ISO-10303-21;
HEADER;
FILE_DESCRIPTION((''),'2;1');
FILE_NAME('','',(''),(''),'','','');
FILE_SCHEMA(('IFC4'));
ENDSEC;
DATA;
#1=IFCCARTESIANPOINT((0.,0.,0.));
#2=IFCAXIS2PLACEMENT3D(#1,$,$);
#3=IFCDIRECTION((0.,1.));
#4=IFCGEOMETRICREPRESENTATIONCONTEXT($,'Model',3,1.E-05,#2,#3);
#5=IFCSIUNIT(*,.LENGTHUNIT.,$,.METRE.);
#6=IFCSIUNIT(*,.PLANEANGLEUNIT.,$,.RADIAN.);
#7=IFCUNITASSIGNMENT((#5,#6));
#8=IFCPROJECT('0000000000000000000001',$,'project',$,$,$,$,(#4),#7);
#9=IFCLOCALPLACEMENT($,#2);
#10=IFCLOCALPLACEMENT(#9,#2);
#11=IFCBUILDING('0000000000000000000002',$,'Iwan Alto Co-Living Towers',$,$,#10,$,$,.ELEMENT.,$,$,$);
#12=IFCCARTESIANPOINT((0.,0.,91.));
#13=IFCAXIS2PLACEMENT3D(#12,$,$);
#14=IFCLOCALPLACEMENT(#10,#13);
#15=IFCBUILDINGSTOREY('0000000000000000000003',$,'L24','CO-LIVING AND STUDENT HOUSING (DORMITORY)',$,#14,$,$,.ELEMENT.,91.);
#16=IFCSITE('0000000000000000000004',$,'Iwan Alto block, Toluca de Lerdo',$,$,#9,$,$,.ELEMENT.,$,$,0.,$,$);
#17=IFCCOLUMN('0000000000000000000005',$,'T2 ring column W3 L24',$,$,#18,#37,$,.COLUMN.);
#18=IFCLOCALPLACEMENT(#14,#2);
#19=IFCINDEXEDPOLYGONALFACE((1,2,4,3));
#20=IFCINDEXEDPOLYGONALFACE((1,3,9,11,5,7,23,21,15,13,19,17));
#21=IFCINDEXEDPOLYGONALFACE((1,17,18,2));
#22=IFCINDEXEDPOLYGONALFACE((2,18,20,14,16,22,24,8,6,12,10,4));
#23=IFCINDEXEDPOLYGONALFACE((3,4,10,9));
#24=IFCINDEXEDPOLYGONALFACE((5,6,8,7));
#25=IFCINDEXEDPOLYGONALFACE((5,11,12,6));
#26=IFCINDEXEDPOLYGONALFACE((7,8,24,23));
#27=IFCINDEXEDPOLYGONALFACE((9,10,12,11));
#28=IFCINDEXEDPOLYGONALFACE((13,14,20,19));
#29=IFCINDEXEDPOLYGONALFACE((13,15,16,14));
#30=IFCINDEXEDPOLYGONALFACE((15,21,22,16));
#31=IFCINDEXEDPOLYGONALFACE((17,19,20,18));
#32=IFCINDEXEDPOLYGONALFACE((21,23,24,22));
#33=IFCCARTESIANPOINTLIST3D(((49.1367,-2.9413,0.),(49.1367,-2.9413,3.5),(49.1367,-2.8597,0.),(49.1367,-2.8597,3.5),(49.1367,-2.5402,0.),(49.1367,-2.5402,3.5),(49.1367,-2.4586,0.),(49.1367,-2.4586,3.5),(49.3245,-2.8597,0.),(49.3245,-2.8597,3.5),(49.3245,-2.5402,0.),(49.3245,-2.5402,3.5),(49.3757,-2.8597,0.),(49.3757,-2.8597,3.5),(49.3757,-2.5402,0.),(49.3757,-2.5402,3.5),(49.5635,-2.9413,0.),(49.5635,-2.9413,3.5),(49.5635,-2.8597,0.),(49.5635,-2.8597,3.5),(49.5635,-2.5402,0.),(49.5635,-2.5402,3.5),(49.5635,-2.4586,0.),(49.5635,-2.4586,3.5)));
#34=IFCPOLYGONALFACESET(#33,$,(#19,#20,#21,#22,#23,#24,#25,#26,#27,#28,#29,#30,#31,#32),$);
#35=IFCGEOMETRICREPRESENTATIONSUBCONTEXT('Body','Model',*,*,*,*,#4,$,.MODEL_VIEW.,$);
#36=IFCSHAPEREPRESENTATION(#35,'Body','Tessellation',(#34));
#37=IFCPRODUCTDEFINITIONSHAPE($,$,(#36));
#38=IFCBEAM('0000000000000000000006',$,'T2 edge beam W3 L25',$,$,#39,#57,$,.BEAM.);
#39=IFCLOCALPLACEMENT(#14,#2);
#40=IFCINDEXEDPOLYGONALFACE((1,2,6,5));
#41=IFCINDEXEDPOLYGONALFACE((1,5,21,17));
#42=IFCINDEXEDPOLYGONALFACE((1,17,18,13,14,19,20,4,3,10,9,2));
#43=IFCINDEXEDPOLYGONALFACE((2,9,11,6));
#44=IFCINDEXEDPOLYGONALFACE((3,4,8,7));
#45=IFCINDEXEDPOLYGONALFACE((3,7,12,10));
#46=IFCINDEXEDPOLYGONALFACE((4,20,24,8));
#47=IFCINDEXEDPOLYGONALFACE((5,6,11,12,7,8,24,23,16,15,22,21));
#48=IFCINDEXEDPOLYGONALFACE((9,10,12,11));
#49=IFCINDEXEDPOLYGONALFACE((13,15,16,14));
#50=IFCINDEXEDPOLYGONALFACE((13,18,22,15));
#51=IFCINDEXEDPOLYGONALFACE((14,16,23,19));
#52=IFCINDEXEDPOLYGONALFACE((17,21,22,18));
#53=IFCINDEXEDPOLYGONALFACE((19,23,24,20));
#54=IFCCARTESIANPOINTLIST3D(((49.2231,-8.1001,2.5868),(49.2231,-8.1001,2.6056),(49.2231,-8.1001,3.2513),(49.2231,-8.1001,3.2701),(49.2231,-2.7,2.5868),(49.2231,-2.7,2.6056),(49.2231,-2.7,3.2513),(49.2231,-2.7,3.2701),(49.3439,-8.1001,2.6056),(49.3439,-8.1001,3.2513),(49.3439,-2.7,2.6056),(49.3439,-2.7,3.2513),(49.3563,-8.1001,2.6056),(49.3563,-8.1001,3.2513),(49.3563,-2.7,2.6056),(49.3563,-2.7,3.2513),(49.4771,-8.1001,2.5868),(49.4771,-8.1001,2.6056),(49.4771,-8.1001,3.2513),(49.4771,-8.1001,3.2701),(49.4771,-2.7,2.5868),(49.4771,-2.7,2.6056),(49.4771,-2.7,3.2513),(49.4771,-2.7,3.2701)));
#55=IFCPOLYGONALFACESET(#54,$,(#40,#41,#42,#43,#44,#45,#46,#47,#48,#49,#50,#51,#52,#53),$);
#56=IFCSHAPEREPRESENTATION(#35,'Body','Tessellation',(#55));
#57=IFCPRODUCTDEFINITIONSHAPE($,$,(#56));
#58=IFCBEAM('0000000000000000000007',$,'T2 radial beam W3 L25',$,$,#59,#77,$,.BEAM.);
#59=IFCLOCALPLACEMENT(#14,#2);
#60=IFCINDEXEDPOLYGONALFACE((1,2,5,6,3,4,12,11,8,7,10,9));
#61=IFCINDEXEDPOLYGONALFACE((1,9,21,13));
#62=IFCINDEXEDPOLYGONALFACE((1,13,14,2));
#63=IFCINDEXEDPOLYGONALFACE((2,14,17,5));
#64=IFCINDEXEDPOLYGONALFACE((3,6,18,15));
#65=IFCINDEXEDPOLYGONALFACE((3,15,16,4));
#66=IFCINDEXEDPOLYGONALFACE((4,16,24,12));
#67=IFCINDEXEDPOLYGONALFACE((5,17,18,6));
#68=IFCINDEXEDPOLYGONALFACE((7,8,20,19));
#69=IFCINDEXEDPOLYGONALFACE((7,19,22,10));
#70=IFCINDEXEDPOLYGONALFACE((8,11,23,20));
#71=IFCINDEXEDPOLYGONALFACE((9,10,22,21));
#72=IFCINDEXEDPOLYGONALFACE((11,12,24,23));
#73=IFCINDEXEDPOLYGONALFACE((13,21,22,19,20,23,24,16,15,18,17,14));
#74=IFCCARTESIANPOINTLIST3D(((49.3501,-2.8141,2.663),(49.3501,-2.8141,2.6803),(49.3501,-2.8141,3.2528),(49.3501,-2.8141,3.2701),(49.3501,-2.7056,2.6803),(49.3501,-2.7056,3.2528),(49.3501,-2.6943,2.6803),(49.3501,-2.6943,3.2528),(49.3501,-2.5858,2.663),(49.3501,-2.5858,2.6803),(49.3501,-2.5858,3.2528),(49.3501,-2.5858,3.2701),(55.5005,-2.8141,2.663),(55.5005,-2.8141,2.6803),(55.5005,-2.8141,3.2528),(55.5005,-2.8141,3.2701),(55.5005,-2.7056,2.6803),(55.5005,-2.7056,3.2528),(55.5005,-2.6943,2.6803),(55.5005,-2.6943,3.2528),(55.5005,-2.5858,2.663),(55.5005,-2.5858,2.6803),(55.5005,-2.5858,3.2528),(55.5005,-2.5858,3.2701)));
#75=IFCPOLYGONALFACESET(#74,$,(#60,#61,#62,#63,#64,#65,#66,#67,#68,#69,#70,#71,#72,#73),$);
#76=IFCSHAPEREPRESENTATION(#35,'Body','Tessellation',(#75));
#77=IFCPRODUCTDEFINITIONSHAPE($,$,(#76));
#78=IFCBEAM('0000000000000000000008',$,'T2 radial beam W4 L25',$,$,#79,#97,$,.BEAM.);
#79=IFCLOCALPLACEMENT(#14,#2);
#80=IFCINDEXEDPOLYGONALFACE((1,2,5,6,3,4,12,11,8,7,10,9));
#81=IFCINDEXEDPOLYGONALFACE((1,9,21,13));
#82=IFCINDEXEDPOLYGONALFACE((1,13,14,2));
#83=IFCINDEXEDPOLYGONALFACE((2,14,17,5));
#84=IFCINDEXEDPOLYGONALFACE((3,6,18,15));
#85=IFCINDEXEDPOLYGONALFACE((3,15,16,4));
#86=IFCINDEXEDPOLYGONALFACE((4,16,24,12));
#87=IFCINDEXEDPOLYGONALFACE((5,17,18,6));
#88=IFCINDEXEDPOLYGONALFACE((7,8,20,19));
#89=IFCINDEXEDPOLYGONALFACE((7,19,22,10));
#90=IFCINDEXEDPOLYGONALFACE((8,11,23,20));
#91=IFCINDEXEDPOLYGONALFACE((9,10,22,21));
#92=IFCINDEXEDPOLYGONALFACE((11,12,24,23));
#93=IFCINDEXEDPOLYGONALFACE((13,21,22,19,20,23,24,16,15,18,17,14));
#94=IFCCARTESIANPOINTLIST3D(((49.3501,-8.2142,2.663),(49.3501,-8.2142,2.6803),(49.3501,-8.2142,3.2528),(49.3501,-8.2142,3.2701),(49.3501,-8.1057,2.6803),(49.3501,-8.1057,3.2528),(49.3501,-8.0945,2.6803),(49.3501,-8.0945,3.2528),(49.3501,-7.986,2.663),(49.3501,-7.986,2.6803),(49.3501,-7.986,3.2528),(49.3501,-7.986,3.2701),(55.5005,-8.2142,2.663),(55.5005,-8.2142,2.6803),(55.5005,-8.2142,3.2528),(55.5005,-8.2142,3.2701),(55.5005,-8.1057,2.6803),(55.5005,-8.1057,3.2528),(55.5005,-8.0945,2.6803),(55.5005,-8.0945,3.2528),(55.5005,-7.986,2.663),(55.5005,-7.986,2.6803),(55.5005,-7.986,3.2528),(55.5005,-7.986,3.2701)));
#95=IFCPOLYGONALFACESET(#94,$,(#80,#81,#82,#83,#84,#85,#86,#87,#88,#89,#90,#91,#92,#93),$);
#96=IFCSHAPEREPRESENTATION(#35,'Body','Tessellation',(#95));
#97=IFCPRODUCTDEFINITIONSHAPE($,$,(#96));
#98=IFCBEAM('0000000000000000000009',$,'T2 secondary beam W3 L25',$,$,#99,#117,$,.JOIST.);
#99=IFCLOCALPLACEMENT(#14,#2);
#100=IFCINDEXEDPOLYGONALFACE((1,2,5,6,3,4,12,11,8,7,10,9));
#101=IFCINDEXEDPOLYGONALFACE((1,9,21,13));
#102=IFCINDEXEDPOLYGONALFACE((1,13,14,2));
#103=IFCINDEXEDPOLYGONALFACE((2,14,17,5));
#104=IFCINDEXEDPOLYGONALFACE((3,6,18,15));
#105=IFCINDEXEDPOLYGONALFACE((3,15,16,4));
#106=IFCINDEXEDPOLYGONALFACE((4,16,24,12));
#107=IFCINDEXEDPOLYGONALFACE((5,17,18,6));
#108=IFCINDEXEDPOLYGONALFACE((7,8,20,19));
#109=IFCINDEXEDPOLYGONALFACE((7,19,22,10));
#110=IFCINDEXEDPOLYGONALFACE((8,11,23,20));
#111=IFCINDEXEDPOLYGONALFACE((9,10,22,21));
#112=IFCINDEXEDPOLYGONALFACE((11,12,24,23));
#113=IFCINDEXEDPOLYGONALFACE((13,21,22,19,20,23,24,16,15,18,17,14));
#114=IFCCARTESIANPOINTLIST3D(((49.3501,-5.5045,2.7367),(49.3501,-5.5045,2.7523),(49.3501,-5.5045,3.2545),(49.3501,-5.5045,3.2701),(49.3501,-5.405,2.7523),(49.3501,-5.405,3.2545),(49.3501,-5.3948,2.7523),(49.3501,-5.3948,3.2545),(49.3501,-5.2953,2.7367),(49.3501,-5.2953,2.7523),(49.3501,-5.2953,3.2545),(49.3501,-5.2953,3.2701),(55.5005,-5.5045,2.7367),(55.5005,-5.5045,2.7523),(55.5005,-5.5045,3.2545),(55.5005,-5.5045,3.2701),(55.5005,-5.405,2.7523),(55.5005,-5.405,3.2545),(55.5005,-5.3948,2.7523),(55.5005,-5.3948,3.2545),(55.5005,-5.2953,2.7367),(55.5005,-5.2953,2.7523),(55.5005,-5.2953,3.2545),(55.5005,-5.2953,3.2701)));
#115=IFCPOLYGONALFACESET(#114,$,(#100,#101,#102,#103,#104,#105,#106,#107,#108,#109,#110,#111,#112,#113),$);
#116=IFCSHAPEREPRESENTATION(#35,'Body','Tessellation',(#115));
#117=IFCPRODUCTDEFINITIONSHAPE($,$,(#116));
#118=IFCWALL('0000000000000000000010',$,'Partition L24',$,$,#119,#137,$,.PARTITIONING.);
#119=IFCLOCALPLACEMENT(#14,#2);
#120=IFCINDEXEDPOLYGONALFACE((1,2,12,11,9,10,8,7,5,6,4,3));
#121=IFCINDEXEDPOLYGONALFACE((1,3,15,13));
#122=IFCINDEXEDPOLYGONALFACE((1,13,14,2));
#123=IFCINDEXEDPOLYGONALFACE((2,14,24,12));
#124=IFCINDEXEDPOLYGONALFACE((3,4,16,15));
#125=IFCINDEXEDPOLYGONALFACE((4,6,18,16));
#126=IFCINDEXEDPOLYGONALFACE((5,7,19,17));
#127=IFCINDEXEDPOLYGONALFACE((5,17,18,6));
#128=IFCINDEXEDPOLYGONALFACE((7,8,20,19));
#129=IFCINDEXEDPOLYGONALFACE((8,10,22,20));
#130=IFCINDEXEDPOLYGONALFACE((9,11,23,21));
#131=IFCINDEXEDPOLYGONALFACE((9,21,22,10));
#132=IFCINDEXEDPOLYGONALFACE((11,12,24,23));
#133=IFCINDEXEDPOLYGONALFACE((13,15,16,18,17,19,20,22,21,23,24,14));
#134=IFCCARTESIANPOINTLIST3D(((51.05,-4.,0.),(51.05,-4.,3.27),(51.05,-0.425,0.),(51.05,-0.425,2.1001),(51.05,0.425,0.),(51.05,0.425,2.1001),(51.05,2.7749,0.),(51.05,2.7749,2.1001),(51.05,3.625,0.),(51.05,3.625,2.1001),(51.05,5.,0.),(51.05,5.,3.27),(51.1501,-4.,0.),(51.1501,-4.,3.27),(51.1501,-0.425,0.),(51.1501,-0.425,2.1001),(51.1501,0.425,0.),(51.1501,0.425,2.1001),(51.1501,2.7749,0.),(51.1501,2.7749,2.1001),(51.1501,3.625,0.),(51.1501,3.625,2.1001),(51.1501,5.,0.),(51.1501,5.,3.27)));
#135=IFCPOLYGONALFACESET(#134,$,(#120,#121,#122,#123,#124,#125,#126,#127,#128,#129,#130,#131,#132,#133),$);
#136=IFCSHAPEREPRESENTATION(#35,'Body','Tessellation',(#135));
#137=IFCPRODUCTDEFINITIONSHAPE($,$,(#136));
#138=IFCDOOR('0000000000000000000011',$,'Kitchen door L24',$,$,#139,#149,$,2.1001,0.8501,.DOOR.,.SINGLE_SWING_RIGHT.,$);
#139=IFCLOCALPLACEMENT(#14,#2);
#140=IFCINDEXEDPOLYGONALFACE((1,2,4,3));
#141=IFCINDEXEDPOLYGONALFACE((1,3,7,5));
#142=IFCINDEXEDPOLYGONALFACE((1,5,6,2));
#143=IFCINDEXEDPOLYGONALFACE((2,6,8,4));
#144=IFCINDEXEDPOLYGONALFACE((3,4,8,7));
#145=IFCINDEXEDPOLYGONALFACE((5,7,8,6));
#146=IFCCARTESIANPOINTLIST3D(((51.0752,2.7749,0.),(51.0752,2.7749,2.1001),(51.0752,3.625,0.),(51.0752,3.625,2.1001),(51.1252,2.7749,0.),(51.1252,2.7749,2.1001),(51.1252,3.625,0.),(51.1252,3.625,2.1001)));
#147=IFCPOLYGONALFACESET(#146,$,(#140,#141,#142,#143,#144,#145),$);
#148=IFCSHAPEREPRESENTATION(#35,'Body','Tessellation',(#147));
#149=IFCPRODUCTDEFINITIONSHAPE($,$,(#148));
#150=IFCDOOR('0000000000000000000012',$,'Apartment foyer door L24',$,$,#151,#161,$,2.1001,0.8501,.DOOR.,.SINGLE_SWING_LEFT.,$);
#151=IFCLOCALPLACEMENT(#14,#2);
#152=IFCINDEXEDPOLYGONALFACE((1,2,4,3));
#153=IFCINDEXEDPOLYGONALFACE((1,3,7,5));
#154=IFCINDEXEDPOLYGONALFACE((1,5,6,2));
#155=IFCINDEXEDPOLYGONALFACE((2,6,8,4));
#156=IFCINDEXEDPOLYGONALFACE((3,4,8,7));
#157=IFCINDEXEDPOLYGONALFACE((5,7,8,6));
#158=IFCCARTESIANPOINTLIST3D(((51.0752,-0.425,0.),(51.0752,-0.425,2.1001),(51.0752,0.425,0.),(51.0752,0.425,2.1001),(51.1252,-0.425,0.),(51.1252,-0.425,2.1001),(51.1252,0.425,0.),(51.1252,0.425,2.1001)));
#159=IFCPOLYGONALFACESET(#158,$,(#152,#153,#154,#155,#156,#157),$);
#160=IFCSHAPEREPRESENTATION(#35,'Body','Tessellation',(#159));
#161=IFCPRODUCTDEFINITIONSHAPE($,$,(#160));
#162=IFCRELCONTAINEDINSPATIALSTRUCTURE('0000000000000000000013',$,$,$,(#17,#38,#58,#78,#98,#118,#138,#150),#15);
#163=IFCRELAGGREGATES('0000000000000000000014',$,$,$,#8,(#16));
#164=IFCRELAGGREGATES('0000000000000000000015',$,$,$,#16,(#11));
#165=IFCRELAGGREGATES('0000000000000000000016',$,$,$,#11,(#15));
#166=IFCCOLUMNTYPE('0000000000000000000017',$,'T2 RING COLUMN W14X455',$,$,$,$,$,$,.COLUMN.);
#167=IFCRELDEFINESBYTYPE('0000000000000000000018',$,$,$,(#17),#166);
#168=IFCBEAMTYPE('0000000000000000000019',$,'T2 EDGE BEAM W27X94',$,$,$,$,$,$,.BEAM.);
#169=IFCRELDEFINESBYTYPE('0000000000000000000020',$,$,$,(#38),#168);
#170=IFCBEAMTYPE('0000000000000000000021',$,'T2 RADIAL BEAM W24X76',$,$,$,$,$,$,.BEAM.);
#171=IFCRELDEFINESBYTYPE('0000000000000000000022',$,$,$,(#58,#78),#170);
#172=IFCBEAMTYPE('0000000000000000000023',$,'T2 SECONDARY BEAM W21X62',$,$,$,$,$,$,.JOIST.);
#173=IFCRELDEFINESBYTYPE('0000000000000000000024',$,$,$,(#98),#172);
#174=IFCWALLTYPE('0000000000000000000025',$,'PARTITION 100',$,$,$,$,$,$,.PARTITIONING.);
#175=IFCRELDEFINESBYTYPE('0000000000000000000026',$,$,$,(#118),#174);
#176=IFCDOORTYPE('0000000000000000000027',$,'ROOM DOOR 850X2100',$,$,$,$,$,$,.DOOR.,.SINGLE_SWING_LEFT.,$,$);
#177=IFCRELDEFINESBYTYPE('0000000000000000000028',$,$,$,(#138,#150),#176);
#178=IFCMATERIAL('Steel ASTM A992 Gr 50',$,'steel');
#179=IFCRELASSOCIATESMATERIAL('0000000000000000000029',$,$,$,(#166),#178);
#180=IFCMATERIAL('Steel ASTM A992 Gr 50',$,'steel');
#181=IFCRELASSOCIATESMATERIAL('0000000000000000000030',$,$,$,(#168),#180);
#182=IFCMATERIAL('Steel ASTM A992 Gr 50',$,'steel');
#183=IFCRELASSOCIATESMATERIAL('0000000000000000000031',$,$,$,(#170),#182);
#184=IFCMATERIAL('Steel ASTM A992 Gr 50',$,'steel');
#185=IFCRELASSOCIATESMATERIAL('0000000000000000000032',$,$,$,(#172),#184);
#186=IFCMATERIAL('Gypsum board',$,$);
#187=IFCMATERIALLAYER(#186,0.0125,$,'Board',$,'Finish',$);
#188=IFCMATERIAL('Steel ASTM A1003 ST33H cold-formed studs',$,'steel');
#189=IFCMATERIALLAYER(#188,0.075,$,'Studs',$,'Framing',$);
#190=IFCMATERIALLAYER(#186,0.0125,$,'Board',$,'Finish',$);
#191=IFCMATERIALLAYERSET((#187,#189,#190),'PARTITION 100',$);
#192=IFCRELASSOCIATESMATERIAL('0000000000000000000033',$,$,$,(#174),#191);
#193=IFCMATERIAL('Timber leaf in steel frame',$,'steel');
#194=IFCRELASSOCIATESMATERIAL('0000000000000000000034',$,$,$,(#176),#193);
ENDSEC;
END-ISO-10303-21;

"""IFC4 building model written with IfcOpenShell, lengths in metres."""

from ifc_helpers import new_model, si_unit, direction, frame, frame_2d, origin, origin_2d, place, context, subcontext, project, spatial, rectangle, i_section, extrude, material, layer, layer_set, material_profile, profile_set, type_object, element, fill, save


model = new_model("IFC4")

# Units and contexts
model_context = context("Model", 3, precision=1e-05, world=origin(), true_north=direction((0.0, 1.0)))
body_context = subcontext(model_context, "Body", "Model", "MODEL_VIEW")
ifc_project = project(units=[si_unit("LENGTHUNIT", "METRE"), si_unit("PLANEANGLEUNIT", "RADIAN")], contexts=[model_context])

# Site, building, storey
site_placement = place(None, origin())
site = spatial("IfcSite", under=ifc_project, at=site_placement, Name="Iwan Alto block, Toluca de Lerdo", CompositionType="ELEMENT", RefElevation=0.0)
building_placement = place(site_placement, origin())
building = spatial("IfcBuilding", under=site, at=building_placement, Name="Iwan Alto Co-Living Towers", CompositionType="ELEMENT")
storey_placement = place(building_placement, frame((0.0, 0.0, 91.0)))
storey = spatial("IfcBuildingStorey", under=building, at=storey_placement, Name="L24", Description="CO-LIVING AND STUDENT HOUSING (DORMITORY)", CompositionType="ELEMENT", Elevation=91.0)

# Column
ifc_material_1 = material(Name="Steel ASTM A992 Gr 50", Category="steel")
ifc_material_profile_1 = material_profile(ifc_material_1, i_section(OverallWidth=0.4268, OverallDepth=0.4827, WebThickness=0.0513, FlangeThickness=0.0815, at=origin_2d()), Name="W14X455")
ifc_profile_set_1 = profile_set([ifc_material_profile_1], Name="Steel ASTM A992 Gr 50")
column_type = type_object("IfcColumnType", Name="T2 RING COLUMN W14X455", PredefinedType="COLUMN", material=ifc_profile_set_1)
column_placement = place(storey_placement, frame((49.3501, -2.7, 0.0), z_axis=(0.0, 0.0, 1.0), x_axis=(1.0, 0.0, 0.0)))
element("IfcColumn", 1, at=column_placement, inside=storey, type_object=column_type, Name="T2 ring column W3 L24", PredefinedType="COLUMN", context=body_context, shape_type="SweptSolid", body=[
    extrude(i_section(OverallWidth=0.4268, OverallDepth=0.4827, WebThickness=0.0513, FlangeThickness=0.0815, at=origin_2d()), origin(), (0.0, 0.0, 1.0), 3.5),
])

# Beams
ifc_material_2 = material(Name="Steel ASTM A992 Gr 50", Category="steel")
ifc_material_profile_2 = material_profile(ifc_material_2, i_section(OverallWidth=0.2539, OverallDepth=0.6833, WebThickness=0.0125, FlangeThickness=0.0188, at=origin_2d()), Name="W27X94")
ifc_profile_set_2 = profile_set([ifc_material_profile_2], Name="Steel ASTM A992 Gr 50")
beam_type_1 = type_object("IfcBeamType", Name="T2 EDGE BEAM W27X94", PredefinedType="BEAM", material=ifc_profile_set_2)
beam_1_placement = place(storey_placement, frame((49.3501, -2.7, 2.9285), z_axis=(0.0, -1.0, 0.0), x_axis=(1.0, 0.0, 0.0)))
element("IfcBeam", 2, at=beam_1_placement, inside=storey, type_object=beam_type_1, Name="T2 edge beam W3 L25", PredefinedType="BEAM", context=body_context, shape_type="SweptSolid", body=[
    extrude(i_section(OverallWidth=0.2539, OverallDepth=0.6833, WebThickness=0.0125, FlangeThickness=0.0188, at=origin_2d()), origin(), (0.0, 0.0, 1.0), 5.4001),
])
ifc_material_3 = material(Name="Steel ASTM A992 Gr 50", Category="steel")
ifc_material_profile_3 = material_profile(ifc_material_3, i_section(OverallWidth=0.2283, OverallDepth=0.6072, WebThickness=0.0112, FlangeThickness=0.0173, at=origin_2d()), Name="W24X76")
ifc_profile_set_3 = profile_set([ifc_material_profile_3], Name="Steel ASTM A992 Gr 50")
beam_type_2 = type_object("IfcBeamType", Name="T2 RADIAL BEAM W24X76", PredefinedType="BEAM", material=ifc_profile_set_3)
for number, where, z_axis, x_axis, name in (
    (3, (49.3501, -2.7, 2.9666), (1.0, 0.0, 0.0), (0.0, 1.0, 0.0), "T2 radial beam W3 L25"),
    (4, (49.3501, -8.1001, 2.9666), (1.0, 0.0, 0.0), (0.0, 1.0, 0.0), "T2 radial beam W4 L25"),
):
    element("IfcBeam", number, at=place(storey_placement, frame(where, z_axis=z_axis, x_axis=x_axis)), inside=storey, type_object=beam_type_2, Name=name, PredefinedType="BEAM", context=body_context, shape_type="SweptSolid", body=[
        extrude(i_section(OverallWidth=0.2283, OverallDepth=0.6072, WebThickness=0.0112, FlangeThickness=0.0173, at=origin_2d()), origin(), (0.0, 0.0, 1.0), 6.1504),
    ])
ifc_material_4 = material(Name="Steel ASTM A992 Gr 50", Category="steel")
ifc_material_profile_4 = material_profile(ifc_material_4, i_section(OverallWidth=0.2092, OverallDepth=0.5334, WebThickness=0.0103, FlangeThickness=0.0156, at=origin_2d()), Name="W21X62")
ifc_profile_set_4 = profile_set([ifc_material_profile_4], Name="Steel ASTM A992 Gr 50")
beam_type_3 = type_object("IfcBeamType", Name="T2 SECONDARY BEAM W21X62", PredefinedType="JOIST", material=ifc_profile_set_4)
beam_2_placement = place(storey_placement, frame((49.3501, -5.3999, 3.0034), z_axis=(1.0, 0.0, 0.0), x_axis=(0.0, 1.0, 0.0)))
element("IfcBeam", 5, at=beam_2_placement, inside=storey, type_object=beam_type_3, Name="T2 secondary beam W3 L25", PredefinedType="JOIST", context=body_context, shape_type="SweptSolid", body=[
    extrude(i_section(OverallWidth=0.2092, OverallDepth=0.5334, WebThickness=0.0103, FlangeThickness=0.0156, at=origin_2d()), origin(), (0.0, 0.0, 1.0), 6.1504),
])

# Wall, openings, doors
ifc_material_5 = material(Name="Gypsum board")
ifc_layer_1 = layer(ifc_material_5, 0.0125, Name="Board", Category="Finish")
ifc_material_6 = material(Name="Steel ASTM A1003 ST33H cold-formed studs", Category="steel")
ifc_layer_2 = layer(ifc_material_6, 0.075, Name="Studs", Category="Framing")
ifc_layer_3 = layer(ifc_material_5, 0.0125, Name="Board", Category="Finish")
ifc_layer_set_1 = layer_set([ifc_layer_1, ifc_layer_2, ifc_layer_3], Name="PARTITION 100")
wall_type_1 = type_object("IfcWallType", Name="PARTITION 100", PredefinedType="PARTITIONING", material=ifc_layer_set_1)
wall_1_placement = place(storey_placement, frame((51.1001, -4.0, 0.0), z_axis=(0.0, 0.0, 1.0), x_axis=(0.0, 1.0, 0.0)))
wall_1 = element("IfcWall", 6, at=wall_1_placement, inside=storey, type_object=wall_type_1, Name="Partition L24", PredefinedType="PARTITIONING", context=body_context, shape_type="SweptSolid", body=[
    extrude(rectangle(XDim=9.0, YDim=0.1001, at=frame_2d((4.5, 0.0))), origin(), (0.0, 0.0, 1.0), 3.27),
])
opening_1_placement = place(wall_1_placement, frame((6.7749, 0.0, 0.0)))
opening_1 = element("IfcOpeningElement", 7, at=opening_1_placement, cuts=wall_1, PredefinedType="OPENING", context=body_context, shape_type="SweptSolid", body=[
    extrude(rectangle(XDim=0.8501, YDim=2.1001, at=frame_2d((0.425, 1.05))), frame((0.0, 0.0601, 0.0), z_axis=(0.0, -1.0, 0.0), x_axis=(1.0, 0.0, 0.0)), (0.0, 0.0, 1.0), 0.1201),
])
opening_2_placement = place(wall_1_placement, frame((3.575, 0.0, 0.0)))
opening_2 = element("IfcOpeningElement", 8, at=opening_2_placement, cuts=wall_1, PredefinedType="OPENING", context=body_context, shape_type="SweptSolid", body=[
    extrude(rectangle(XDim=0.8501, YDim=2.1001, at=frame_2d((0.425, 1.05))), frame((0.0, 0.0601, 0.0), z_axis=(0.0, -1.0, 0.0), x_axis=(1.0, 0.0, 0.0)), (0.0, 0.0, 1.0), 0.1201),
])
ifc_material_7 = material(Name="Timber leaf in steel frame", Category="steel")
door_type_1 = type_object("IfcDoorType", Name="ROOM DOOR 850X2100", OperationType="SINGLE_SWING_LEFT", PredefinedType="DOOR", material=ifc_material_7)
door_1_placement = place(opening_1_placement, origin())
door_1 = element("IfcDoor", 9, at=door_1_placement, inside=storey, type_object=door_type_1, Name="Kitchen door L24", OperationType="SINGLE_SWING_RIGHT", OverallHeight=2.1001, OverallWidth=0.8501, PredefinedType="DOOR", context=body_context, shape_type="SweptSolid", body=[
    extrude(rectangle(XDim=0.8501, YDim=2.1001, at=frame_2d((0.425, 1.05))), frame((0.0, 0.0249, 0.0), z_axis=(0.0, -1.0, 0.0), x_axis=(1.0, 0.0, 0.0)), (0.0, 0.0, 1.0), 0.05),
])
fill(opening_1, door_1)
door_2_placement = place(opening_2_placement, origin())
door_2 = element("IfcDoor", 10, at=door_2_placement, inside=storey, type_object=door_type_1, Name="Apartment foyer door L24", OperationType="SINGLE_SWING_LEFT", OverallHeight=2.1001, OverallWidth=0.8501, PredefinedType="DOOR", context=body_context, shape_type="SweptSolid", body=[
    extrude(rectangle(XDim=0.8501, YDim=2.1001, at=frame_2d((0.425, 1.05))), frame((0.0, 0.0249, 0.0), z_axis=(0.0, -1.0, 0.0), x_axis=(1.0, 0.0, 0.0)), (0.0, 0.0, 1.0), 0.05),
])
fill(opening_2, door_2)

save(model, "model.ifc")
